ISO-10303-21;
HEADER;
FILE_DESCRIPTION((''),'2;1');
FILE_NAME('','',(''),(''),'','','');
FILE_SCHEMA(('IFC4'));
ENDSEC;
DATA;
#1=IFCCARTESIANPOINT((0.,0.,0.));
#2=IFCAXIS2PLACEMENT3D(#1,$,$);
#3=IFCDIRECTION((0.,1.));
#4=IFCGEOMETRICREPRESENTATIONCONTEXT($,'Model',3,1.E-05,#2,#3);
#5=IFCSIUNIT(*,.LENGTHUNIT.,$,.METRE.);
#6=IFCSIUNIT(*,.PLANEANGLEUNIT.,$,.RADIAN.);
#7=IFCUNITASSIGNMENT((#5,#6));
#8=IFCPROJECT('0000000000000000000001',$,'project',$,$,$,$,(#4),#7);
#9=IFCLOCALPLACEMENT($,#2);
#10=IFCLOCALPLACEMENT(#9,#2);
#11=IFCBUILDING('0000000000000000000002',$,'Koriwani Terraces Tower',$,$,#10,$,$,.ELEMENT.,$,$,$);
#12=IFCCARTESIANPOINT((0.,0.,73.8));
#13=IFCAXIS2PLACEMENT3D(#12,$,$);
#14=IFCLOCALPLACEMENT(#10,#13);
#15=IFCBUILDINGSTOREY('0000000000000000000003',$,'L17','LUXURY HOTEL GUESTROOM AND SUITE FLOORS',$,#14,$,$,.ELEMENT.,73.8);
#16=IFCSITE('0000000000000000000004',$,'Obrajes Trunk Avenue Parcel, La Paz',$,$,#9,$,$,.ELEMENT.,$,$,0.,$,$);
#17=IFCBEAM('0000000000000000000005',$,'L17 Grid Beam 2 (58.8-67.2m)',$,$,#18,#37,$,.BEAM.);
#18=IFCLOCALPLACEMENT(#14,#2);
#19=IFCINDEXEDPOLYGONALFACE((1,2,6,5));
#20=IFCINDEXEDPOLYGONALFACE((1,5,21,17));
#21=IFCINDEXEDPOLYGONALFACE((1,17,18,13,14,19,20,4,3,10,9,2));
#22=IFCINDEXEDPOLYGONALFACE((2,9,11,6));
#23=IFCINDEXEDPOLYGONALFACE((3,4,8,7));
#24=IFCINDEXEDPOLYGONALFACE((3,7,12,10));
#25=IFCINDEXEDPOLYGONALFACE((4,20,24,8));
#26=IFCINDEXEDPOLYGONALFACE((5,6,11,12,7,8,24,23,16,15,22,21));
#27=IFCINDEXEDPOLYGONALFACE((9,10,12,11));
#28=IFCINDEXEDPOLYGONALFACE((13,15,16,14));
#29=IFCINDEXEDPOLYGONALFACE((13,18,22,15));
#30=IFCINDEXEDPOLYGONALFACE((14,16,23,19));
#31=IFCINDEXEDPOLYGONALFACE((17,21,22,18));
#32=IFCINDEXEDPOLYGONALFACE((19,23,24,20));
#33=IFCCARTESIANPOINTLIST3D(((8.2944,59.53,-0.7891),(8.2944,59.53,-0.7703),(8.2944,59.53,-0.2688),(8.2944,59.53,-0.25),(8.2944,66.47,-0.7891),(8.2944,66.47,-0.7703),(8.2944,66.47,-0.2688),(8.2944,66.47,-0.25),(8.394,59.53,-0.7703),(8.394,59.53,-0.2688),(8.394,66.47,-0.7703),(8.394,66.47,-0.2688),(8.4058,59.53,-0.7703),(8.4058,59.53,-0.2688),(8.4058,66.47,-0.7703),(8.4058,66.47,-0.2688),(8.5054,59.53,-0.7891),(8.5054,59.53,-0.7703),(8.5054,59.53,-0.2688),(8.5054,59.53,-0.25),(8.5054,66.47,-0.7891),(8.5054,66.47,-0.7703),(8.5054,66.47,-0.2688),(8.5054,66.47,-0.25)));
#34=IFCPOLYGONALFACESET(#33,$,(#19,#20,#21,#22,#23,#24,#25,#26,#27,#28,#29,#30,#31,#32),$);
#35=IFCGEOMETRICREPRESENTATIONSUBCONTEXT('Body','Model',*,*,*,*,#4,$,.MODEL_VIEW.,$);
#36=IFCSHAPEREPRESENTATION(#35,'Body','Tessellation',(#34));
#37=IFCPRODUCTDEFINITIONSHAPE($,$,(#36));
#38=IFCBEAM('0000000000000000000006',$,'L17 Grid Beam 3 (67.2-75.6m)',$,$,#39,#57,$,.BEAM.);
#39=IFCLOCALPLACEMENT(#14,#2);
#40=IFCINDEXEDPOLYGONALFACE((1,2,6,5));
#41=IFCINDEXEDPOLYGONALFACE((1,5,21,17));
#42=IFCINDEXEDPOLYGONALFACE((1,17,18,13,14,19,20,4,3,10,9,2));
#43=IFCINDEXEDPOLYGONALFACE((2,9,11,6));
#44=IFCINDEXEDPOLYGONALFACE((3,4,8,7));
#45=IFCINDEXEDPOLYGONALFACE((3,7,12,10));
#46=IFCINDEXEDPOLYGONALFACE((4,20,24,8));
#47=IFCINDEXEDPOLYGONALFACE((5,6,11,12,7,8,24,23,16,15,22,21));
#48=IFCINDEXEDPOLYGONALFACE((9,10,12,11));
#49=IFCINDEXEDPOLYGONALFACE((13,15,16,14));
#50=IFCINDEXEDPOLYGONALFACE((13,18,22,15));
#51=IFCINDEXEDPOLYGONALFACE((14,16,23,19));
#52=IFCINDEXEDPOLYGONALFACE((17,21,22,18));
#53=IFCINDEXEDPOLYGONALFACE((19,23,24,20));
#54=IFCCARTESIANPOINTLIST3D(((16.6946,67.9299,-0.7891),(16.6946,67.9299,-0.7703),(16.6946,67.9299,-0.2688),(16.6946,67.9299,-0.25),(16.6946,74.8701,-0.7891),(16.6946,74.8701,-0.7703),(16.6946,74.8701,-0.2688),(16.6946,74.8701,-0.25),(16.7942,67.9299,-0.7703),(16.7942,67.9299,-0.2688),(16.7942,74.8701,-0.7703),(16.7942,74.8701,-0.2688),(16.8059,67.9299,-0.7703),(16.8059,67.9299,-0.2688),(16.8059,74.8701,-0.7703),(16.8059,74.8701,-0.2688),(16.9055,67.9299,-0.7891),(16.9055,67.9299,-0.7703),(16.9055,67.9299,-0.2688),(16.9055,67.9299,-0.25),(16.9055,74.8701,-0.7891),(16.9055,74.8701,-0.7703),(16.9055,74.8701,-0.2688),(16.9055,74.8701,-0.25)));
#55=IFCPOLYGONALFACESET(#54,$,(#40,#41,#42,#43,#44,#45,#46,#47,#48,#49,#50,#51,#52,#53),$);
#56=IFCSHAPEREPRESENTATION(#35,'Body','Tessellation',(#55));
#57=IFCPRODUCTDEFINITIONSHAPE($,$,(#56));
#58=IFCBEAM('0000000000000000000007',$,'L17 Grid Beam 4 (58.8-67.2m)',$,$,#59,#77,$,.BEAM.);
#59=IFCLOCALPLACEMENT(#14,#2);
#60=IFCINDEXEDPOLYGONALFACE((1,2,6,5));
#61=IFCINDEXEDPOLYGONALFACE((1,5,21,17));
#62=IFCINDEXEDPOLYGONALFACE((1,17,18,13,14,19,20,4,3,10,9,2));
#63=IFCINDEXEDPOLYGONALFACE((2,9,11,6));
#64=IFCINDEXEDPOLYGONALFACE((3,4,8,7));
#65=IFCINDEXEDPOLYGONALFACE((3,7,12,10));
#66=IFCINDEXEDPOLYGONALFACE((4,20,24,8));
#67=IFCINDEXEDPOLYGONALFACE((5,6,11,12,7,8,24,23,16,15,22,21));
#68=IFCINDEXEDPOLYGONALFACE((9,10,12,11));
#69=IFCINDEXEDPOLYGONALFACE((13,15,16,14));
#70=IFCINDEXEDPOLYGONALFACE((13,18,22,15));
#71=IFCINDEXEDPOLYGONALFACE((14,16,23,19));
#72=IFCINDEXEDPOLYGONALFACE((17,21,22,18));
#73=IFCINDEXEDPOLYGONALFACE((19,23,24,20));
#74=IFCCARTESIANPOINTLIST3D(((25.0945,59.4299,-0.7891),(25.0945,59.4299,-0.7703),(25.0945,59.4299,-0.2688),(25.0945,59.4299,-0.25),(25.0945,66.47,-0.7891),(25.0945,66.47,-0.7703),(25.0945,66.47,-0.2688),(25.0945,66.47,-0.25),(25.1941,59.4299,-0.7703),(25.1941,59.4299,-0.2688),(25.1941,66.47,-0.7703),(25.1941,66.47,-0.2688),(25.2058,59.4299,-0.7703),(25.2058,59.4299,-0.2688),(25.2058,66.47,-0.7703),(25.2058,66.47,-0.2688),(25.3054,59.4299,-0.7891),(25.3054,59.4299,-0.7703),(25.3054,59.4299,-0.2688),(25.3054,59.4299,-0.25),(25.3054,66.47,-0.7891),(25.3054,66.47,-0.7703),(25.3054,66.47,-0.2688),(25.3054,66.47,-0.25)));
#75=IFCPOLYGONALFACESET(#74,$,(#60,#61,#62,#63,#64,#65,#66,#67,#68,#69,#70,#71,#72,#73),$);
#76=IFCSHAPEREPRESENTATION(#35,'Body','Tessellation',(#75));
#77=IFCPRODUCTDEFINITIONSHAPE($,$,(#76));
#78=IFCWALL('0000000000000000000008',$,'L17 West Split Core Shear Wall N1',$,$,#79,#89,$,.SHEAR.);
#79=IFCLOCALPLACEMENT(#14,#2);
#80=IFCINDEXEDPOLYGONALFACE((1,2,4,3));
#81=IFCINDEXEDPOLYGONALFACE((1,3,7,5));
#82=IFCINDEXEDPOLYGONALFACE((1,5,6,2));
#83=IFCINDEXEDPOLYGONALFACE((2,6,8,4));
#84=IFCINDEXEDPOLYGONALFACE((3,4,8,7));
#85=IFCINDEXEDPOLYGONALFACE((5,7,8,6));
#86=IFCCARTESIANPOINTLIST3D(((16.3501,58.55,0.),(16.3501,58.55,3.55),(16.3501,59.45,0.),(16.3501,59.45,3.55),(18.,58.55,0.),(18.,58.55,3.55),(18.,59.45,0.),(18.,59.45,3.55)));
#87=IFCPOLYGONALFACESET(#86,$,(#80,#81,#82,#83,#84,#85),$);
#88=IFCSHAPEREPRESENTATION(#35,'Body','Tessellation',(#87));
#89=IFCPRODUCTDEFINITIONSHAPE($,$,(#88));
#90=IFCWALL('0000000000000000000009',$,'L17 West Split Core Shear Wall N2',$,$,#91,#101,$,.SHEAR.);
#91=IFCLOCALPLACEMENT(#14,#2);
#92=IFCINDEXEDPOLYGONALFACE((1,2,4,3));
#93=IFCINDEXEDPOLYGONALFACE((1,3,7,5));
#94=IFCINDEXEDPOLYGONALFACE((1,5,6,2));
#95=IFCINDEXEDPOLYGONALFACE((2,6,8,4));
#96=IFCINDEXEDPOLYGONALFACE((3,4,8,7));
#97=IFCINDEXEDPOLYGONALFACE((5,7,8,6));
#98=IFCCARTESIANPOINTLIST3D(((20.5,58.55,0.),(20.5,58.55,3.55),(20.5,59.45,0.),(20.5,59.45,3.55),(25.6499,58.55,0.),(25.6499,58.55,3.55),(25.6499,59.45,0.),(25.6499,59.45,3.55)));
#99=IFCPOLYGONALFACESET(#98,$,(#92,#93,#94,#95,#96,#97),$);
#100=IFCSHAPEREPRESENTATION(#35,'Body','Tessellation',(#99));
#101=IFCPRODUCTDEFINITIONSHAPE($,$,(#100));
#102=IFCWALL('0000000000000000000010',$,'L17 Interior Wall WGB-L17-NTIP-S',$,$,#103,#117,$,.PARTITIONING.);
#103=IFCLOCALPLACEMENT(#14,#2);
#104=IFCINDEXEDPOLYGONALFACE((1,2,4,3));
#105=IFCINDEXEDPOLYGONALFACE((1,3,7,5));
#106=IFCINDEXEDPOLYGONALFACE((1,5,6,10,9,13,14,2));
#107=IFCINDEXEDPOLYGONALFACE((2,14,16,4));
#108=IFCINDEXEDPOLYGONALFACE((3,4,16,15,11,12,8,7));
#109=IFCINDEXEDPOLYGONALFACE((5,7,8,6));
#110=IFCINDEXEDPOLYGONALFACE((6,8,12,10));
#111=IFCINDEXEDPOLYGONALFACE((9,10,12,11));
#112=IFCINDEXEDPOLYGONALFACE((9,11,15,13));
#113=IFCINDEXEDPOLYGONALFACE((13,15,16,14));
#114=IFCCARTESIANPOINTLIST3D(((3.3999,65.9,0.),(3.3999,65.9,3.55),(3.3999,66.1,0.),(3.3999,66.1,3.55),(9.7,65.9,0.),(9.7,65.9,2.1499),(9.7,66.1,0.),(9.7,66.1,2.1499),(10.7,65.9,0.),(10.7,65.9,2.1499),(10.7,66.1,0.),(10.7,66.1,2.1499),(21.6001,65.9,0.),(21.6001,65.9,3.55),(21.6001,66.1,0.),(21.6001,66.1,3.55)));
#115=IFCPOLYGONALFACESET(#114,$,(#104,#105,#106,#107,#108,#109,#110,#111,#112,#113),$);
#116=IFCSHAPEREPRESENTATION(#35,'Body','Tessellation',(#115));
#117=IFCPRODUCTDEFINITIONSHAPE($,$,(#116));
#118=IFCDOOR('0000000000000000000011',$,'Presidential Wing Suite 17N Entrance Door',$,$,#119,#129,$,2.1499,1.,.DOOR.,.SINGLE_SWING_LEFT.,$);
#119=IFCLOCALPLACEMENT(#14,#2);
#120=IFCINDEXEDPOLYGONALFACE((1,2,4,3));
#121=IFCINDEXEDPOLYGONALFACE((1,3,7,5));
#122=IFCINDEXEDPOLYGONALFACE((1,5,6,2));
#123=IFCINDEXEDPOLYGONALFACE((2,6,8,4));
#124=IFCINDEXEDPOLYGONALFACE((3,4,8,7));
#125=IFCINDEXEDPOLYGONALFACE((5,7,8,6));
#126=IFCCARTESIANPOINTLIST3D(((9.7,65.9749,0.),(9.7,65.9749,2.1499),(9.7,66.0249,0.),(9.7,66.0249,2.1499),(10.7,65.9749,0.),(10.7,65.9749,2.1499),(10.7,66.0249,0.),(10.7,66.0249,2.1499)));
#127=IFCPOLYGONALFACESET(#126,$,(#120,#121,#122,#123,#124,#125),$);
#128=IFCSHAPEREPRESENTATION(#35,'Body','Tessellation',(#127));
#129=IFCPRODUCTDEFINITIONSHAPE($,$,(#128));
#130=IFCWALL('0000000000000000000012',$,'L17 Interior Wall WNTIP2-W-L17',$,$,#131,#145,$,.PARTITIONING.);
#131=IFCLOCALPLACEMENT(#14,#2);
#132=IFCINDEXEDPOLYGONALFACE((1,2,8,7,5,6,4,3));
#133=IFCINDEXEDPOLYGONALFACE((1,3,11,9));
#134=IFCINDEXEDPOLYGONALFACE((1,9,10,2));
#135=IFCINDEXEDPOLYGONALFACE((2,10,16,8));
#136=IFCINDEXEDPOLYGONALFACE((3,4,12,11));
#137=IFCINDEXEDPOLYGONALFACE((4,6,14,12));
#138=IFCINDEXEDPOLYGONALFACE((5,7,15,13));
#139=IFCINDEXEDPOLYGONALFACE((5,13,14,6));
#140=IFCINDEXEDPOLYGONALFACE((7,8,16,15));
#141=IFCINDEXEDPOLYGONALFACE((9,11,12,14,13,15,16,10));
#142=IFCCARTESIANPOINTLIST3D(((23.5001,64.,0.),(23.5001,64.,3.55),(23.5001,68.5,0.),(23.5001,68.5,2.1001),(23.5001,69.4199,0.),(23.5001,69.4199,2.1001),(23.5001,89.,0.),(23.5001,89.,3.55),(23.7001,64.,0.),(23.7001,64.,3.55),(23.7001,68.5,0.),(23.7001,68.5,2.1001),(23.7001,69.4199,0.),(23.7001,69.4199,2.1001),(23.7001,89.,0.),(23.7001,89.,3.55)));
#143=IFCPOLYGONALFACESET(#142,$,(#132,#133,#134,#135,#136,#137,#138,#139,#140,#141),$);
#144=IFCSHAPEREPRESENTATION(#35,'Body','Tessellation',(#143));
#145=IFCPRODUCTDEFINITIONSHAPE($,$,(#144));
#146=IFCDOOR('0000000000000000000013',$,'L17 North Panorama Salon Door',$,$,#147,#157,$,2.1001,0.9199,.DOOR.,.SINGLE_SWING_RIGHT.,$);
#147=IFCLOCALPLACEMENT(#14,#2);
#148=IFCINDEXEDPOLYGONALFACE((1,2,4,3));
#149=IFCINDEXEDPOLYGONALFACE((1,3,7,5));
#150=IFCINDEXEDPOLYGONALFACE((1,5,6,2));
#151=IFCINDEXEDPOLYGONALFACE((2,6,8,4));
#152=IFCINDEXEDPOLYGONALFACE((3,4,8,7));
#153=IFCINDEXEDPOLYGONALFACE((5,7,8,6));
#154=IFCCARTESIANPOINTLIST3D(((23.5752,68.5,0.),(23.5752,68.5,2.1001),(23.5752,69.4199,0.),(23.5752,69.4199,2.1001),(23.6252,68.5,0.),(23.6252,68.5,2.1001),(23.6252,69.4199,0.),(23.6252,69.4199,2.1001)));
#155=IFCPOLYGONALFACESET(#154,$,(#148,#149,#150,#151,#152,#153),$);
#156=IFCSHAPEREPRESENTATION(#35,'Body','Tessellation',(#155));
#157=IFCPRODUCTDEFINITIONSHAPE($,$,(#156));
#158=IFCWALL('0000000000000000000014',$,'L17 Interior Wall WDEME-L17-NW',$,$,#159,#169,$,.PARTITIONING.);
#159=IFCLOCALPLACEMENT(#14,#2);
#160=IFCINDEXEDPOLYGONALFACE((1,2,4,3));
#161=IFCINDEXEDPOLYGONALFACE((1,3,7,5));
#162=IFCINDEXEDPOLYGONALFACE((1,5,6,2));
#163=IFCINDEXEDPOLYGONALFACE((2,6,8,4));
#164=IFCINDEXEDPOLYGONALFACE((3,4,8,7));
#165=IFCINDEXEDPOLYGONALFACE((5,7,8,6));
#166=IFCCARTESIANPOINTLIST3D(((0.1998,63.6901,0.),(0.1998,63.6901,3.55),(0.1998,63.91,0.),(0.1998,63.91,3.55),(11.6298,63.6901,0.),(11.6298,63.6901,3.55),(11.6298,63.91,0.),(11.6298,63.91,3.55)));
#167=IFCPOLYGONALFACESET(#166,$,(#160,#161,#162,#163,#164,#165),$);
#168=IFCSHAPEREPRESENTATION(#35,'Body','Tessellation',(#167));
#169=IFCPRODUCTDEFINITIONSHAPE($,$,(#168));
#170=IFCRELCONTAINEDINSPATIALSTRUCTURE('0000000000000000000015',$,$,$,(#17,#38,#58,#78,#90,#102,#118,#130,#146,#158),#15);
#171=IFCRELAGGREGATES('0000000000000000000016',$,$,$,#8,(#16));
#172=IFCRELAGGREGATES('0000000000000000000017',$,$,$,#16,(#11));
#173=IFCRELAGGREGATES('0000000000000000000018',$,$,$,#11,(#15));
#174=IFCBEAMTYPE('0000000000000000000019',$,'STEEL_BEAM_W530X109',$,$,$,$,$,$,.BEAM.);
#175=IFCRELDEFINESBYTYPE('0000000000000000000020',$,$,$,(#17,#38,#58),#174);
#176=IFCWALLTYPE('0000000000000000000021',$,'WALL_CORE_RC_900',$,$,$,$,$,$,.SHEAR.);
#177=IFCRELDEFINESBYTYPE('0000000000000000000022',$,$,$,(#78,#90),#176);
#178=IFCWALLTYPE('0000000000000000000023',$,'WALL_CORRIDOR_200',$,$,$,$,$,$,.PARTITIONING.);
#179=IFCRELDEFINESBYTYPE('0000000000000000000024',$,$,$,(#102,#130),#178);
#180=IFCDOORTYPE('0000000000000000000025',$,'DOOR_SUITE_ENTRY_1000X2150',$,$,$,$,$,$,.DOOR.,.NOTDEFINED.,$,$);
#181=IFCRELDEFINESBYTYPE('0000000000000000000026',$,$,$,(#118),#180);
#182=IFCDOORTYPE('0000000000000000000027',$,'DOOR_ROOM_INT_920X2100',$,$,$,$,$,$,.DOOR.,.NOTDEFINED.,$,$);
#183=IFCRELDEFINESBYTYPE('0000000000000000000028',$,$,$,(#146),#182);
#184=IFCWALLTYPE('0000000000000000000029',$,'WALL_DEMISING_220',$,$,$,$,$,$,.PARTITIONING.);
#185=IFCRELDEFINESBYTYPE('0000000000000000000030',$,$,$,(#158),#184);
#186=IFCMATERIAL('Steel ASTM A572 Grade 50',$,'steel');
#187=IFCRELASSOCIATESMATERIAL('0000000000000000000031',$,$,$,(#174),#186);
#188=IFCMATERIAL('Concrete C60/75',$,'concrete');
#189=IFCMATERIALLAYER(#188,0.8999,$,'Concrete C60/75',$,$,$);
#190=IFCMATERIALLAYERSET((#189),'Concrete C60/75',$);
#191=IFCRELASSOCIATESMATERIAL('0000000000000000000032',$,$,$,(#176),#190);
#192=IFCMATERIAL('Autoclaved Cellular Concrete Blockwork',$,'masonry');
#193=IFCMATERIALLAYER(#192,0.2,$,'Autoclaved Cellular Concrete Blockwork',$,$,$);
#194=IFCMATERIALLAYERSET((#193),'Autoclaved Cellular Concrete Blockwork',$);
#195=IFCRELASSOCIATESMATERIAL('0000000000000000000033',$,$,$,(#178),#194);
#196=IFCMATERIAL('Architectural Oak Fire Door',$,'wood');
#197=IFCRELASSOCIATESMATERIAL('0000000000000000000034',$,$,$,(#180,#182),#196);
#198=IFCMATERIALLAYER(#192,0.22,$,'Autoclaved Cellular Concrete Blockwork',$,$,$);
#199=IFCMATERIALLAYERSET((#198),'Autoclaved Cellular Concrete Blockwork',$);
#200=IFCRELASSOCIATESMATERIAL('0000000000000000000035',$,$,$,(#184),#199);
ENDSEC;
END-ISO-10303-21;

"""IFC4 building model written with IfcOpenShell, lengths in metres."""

from ifc_helpers import new_model, si_unit, direction, frame, frame_2d, origin, origin_2d, place, context, subcontext, project, spatial, rectangle, i_section, extrude, material, layer, layer_set, material_profile, profile_set, type_object, element, fill, save


model = new_model("IFC4")

# Units and contexts
model_context = context("Model", 3, precision=1e-05, world=origin(), true_north=direction((0.0, 1.0)))
body_context = subcontext(model_context, "Body", "Model", "MODEL_VIEW")
ifc_project = project(units=[si_unit("LENGTHUNIT", "METRE"), si_unit("PLANEANGLEUNIT", "RADIAN")], contexts=[model_context])

# Site, building, storey
site_placement = place(None, origin())
site = spatial("IfcSite", under=ifc_project, at=site_placement, Name="Obrajes Trunk Avenue Parcel, La Paz", CompositionType="ELEMENT", RefElevation=0.0)
building_placement = place(site_placement, origin())
building = spatial("IfcBuilding", under=site, at=building_placement, Name="Koriwani Terraces Tower", CompositionType="ELEMENT")
storey_placement = place(building_placement, frame((0.0, 0.0, 73.8)))
storey = spatial("IfcBuildingStorey", under=building, at=storey_placement, Name="L17", Description="LUXURY HOTEL GUESTROOM AND SUITE FLOORS", CompositionType="ELEMENT", Elevation=73.8)

# Shared definitions
ifc_material_1 = material(Name="Concrete C60/75", Category="concrete")

# Beams
ifc_material_2 = material(Name="Steel ASTM A572 Grade 50", Category="steel")
ifc_material_profile_1 = material_profile(ifc_material_2, i_section(OverallWidth=0.2109, OverallDepth=0.5391, WebThickness=0.0117, FlangeThickness=0.0188, at=origin_2d()), Name="Steel ASTM A572 Grade 50", Category="LoadBearing")
ifc_profile_set_1 = profile_set([ifc_material_profile_1], Name="Steel ASTM A572 Grade 50")
beam_type_1 = type_object("IfcBeamType", Name="STEEL_BEAM_W530X109", PredefinedType="BEAM", material=ifc_profile_set_1)
beam_1_placement = place(storey_placement, frame((8.3999, 59.53, -0.5195), z_axis=(0.0, 1.0, 0.0), x_axis=(-1.0, 0.0, 0.0)))
element("IfcBeam", 1, at=beam_1_placement, inside=storey, type_object=beam_type_1, Name="L17 Grid Beam 2 (58.8-67.2m)", PredefinedType="BEAM", context=body_context, shape_type="SweptSolid", body=[
    extrude(i_section(OverallWidth=0.2109, OverallDepth=0.5391, WebThickness=0.0117, FlangeThickness=0.0188, at=origin_2d()), origin(), (0.0, 0.0, 1.0), 6.9399),
])
beam_2_placement = place(storey_placement, frame((16.8, 67.9299, -0.5195), z_axis=(0.0, 1.0, 0.0), x_axis=(-1.0, 0.0, 0.0)))
element("IfcBeam", 2, at=beam_2_placement, inside=storey, type_object=beam_type_1, Name="L17 Grid Beam 3 (67.2-75.6m)", PredefinedType="BEAM", context=body_context, shape_type="SweptSolid", body=[
    extrude(i_section(OverallWidth=0.2109, OverallDepth=0.5391, WebThickness=0.0117, FlangeThickness=0.0188, at=origin_2d()), origin(), (0.0, 0.0, 1.0), 6.9402),
])
beam_3_placement = place(storey_placement, frame((25.2, 59.4299, -0.5195), z_axis=(0.0, 1.0, 0.0), x_axis=(-1.0, 0.0, 0.0)))
element("IfcBeam", 3, at=beam_3_placement, inside=storey, type_object=beam_type_1, Name="L17 Grid Beam 4 (58.8-67.2m)", PredefinedType="BEAM", context=body_context, shape_type="SweptSolid", body=[
    extrude(i_section(OverallWidth=0.2109, OverallDepth=0.5391, WebThickness=0.0117, FlangeThickness=0.0188, at=origin_2d()), origin(), (0.0, 0.0, 1.0), 7.04),
])

# Walls
ifc_layer_1 = layer(ifc_material_1, 0.8999, Name="Concrete C60/75")
ifc_layer_set_1 = layer_set([ifc_layer_1], Name="Concrete C60/75")
wall_type_1 = type_object("IfcWallType", Name="WALL_CORE_RC_900", PredefinedType="SHEAR", material=ifc_layer_set_1)
wall_1_placement = place(storey_placement, frame((16.3501, 59.0, 0.0), z_axis=(0.0, 0.0, 1.0), x_axis=(1.0, 0.0, 0.0)))
element("IfcWall", 4, at=wall_1_placement, inside=storey, type_object=wall_type_1, Name="L17 West Split Core Shear Wall N1", PredefinedType="SHEAR", context=body_context, shape_type="SweptSolid", body=[
    extrude(rectangle(XDim=1.6499, YDim=0.8999, at=frame_2d((0.825, 0.0))), origin(), (0.0, 0.0, 1.0), 3.55),
])
wall_2_placement = place(storey_placement, frame((20.5, 59.0, 0.0), z_axis=(0.0, 0.0, 1.0), x_axis=(1.0, 0.0, 0.0)))
element("IfcWall", 5, at=wall_2_placement, inside=storey, type_object=wall_type_1, Name="L17 West Split Core Shear Wall N2", PredefinedType="SHEAR", context=body_context, shape_type="SweptSolid", body=[
    extrude(rectangle(XDim=5.1499, YDim=0.8999, at=frame_2d((2.575, 0.0))), origin(), (0.0, 0.0, 1.0), 3.55),
])

# Walls, openings, doors
ifc_material_3 = material(Name="Autoclaved Cellular Concrete Blockwork", Category="masonry")
ifc_layer_2 = layer(ifc_material_3, 0.2, Name="Autoclaved Cellular Concrete Blockwork")
ifc_layer_set_2 = layer_set([ifc_layer_2], Name="Autoclaved Cellular Concrete Blockwork")
wall_type_2 = type_object("IfcWallType", Name="WALL_CORRIDOR_200", PredefinedType="PARTITIONING", material=ifc_layer_set_2)
wall_3_placement = place(storey_placement, frame((3.3999, 66.0, 0.0), z_axis=(0.0, 0.0, 1.0), x_axis=(1.0, 0.0, 0.0)))
wall_3 = element("IfcWall", 6, at=wall_3_placement, inside=storey, type_object=wall_type_2, Name="L17 Interior Wall WGB-L17-NTIP-S", PredefinedType="PARTITIONING", context=body_context, shape_type="SweptSolid", body=[
    extrude(rectangle(XDim=18.2002, YDim=0.2, at=frame_2d((9.1001, 0.0))), origin(), (0.0, 0.0, 1.0), 3.55),
])
opening_1_placement = place(wall_3_placement, frame((6.3, 0.0, 0.0)))
opening_1 = element("IfcOpeningElement", 7, at=opening_1_placement, cuts=wall_3, PredefinedType="OPENING", context=body_context, shape_type="SweptSolid", body=[
    extrude(rectangle(XDim=1.0, YDim=2.1499, at=frame_2d((0.5, 1.075))), frame((0.0, 0.1099, 0.0), z_axis=(0.0, -1.0, 0.0), x_axis=(1.0, 0.0, 0.0)), (0.0, 0.0, 1.0), 0.22),
])
ifc_material_4 = material(Name="Architectural Oak Fire Door", Category="wood")
door_type_1 = type_object("IfcDoorType", Name="DOOR_SUITE_ENTRY_1000X2150", OperationType="NOTDEFINED", PredefinedType="DOOR", material=ifc_material_4)
door_1_placement = place(opening_1_placement, origin())
door_1 = element("IfcDoor", 8, at=door_1_placement, inside=storey, type_object=door_type_1, Name="Presidential Wing Suite 17N Entrance Door", OperationType="SINGLE_SWING_LEFT", OverallHeight=2.1499, OverallWidth=1.0, PredefinedType="DOOR", context=body_context, shape_type="SweptSolid", body=[
    extrude(rectangle(XDim=1.0, YDim=2.1499, at=frame_2d((0.5, 1.075))), frame((0.0, 0.0249, 0.0), z_axis=(0.0, -1.0, 0.0), x_axis=(1.0, 0.0, 0.0)), (0.0, 0.0, 1.0), 0.05),
])
fill(opening_1, door_1)
wall_4_placement = place(storey_placement, frame((23.6001, 64.0, 0.0), z_axis=(0.0, 0.0, 1.0), x_axis=(0.0, 1.0, 0.0)))
wall_4 = element("IfcWall", 9, at=wall_4_placement, inside=storey, type_object=wall_type_2, Name="L17 Interior Wall WNTIP2-W-L17", PredefinedType="PARTITIONING", context=body_context, shape_type="SweptSolid", body=[
    extrude(rectangle(XDim=25.0, YDim=0.2, at=frame_2d((12.5, 0.0))), origin(), (0.0, 0.0, 1.0), 3.55),
])
opening_2_placement = place(wall_4_placement, frame((4.5, 0.0, 0.0)))
opening_2 = element("IfcOpeningElement", 10, at=opening_2_placement, cuts=wall_4, PredefinedType="OPENING", context=body_context, shape_type="SweptSolid", body=[
    extrude(rectangle(XDim=0.9199, YDim=2.1001, at=frame_2d((0.46, 1.05))), frame((0.0, 0.1099, 0.0), z_axis=(0.0, -1.0, 0.0), x_axis=(1.0, 0.0, 0.0)), (0.0, 0.0, 1.0), 0.22),
])
door_type_2 = type_object("IfcDoorType", Name="DOOR_ROOM_INT_920X2100", OperationType="NOTDEFINED", PredefinedType="DOOR", material=ifc_material_4)
door_2_placement = place(opening_2_placement, origin())
door_2 = element("IfcDoor", 11, at=door_2_placement, inside=storey, type_object=door_type_2, Name="L17 North Panorama Salon Door", OperationType="SINGLE_SWING_RIGHT", OverallHeight=2.1001, OverallWidth=0.9199, PredefinedType="DOOR", context=body_context, shape_type="SweptSolid", body=[
    extrude(rectangle(XDim=0.9199, YDim=2.1001, at=frame_2d((0.46, 1.05))), frame((0.0, 0.0249, 0.0), z_axis=(0.0, -1.0, 0.0), x_axis=(1.0, 0.0, 0.0)), (0.0, 0.0, 1.0), 0.05),
])
fill(opening_2, door_2)

# Wall
ifc_layer_3 = layer(ifc_material_3, 0.22, Name="Autoclaved Cellular Concrete Blockwork")
ifc_layer_set_3 = layer_set([ifc_layer_3], Name="Autoclaved Cellular Concrete Blockwork")
wall_type_3 = type_object("IfcWallType", Name="WALL_DEMISING_220", PredefinedType="PARTITIONING", material=ifc_layer_set_3)
wall_5_placement = place(storey_placement, frame((0.2, 63.8, 0.0), z_axis=(0.0, 0.0, 1.0), x_axis=(1.0, 0.0, 0.0)))
element("IfcWall", 12, at=wall_5_placement, inside=storey, type_object=wall_type_3, Name="L17 Interior Wall WDEME-L17-NW", PredefinedType="PARTITIONING", context=body_context, shape_type="SweptSolid", body=[
    extrude(rectangle(XDim=11.4299, YDim=0.22, at=frame_2d((5.7148, 0.0))), origin(), (0.0, 0.0, 1.0), 3.55),
])

save(model, "model.ifc")
